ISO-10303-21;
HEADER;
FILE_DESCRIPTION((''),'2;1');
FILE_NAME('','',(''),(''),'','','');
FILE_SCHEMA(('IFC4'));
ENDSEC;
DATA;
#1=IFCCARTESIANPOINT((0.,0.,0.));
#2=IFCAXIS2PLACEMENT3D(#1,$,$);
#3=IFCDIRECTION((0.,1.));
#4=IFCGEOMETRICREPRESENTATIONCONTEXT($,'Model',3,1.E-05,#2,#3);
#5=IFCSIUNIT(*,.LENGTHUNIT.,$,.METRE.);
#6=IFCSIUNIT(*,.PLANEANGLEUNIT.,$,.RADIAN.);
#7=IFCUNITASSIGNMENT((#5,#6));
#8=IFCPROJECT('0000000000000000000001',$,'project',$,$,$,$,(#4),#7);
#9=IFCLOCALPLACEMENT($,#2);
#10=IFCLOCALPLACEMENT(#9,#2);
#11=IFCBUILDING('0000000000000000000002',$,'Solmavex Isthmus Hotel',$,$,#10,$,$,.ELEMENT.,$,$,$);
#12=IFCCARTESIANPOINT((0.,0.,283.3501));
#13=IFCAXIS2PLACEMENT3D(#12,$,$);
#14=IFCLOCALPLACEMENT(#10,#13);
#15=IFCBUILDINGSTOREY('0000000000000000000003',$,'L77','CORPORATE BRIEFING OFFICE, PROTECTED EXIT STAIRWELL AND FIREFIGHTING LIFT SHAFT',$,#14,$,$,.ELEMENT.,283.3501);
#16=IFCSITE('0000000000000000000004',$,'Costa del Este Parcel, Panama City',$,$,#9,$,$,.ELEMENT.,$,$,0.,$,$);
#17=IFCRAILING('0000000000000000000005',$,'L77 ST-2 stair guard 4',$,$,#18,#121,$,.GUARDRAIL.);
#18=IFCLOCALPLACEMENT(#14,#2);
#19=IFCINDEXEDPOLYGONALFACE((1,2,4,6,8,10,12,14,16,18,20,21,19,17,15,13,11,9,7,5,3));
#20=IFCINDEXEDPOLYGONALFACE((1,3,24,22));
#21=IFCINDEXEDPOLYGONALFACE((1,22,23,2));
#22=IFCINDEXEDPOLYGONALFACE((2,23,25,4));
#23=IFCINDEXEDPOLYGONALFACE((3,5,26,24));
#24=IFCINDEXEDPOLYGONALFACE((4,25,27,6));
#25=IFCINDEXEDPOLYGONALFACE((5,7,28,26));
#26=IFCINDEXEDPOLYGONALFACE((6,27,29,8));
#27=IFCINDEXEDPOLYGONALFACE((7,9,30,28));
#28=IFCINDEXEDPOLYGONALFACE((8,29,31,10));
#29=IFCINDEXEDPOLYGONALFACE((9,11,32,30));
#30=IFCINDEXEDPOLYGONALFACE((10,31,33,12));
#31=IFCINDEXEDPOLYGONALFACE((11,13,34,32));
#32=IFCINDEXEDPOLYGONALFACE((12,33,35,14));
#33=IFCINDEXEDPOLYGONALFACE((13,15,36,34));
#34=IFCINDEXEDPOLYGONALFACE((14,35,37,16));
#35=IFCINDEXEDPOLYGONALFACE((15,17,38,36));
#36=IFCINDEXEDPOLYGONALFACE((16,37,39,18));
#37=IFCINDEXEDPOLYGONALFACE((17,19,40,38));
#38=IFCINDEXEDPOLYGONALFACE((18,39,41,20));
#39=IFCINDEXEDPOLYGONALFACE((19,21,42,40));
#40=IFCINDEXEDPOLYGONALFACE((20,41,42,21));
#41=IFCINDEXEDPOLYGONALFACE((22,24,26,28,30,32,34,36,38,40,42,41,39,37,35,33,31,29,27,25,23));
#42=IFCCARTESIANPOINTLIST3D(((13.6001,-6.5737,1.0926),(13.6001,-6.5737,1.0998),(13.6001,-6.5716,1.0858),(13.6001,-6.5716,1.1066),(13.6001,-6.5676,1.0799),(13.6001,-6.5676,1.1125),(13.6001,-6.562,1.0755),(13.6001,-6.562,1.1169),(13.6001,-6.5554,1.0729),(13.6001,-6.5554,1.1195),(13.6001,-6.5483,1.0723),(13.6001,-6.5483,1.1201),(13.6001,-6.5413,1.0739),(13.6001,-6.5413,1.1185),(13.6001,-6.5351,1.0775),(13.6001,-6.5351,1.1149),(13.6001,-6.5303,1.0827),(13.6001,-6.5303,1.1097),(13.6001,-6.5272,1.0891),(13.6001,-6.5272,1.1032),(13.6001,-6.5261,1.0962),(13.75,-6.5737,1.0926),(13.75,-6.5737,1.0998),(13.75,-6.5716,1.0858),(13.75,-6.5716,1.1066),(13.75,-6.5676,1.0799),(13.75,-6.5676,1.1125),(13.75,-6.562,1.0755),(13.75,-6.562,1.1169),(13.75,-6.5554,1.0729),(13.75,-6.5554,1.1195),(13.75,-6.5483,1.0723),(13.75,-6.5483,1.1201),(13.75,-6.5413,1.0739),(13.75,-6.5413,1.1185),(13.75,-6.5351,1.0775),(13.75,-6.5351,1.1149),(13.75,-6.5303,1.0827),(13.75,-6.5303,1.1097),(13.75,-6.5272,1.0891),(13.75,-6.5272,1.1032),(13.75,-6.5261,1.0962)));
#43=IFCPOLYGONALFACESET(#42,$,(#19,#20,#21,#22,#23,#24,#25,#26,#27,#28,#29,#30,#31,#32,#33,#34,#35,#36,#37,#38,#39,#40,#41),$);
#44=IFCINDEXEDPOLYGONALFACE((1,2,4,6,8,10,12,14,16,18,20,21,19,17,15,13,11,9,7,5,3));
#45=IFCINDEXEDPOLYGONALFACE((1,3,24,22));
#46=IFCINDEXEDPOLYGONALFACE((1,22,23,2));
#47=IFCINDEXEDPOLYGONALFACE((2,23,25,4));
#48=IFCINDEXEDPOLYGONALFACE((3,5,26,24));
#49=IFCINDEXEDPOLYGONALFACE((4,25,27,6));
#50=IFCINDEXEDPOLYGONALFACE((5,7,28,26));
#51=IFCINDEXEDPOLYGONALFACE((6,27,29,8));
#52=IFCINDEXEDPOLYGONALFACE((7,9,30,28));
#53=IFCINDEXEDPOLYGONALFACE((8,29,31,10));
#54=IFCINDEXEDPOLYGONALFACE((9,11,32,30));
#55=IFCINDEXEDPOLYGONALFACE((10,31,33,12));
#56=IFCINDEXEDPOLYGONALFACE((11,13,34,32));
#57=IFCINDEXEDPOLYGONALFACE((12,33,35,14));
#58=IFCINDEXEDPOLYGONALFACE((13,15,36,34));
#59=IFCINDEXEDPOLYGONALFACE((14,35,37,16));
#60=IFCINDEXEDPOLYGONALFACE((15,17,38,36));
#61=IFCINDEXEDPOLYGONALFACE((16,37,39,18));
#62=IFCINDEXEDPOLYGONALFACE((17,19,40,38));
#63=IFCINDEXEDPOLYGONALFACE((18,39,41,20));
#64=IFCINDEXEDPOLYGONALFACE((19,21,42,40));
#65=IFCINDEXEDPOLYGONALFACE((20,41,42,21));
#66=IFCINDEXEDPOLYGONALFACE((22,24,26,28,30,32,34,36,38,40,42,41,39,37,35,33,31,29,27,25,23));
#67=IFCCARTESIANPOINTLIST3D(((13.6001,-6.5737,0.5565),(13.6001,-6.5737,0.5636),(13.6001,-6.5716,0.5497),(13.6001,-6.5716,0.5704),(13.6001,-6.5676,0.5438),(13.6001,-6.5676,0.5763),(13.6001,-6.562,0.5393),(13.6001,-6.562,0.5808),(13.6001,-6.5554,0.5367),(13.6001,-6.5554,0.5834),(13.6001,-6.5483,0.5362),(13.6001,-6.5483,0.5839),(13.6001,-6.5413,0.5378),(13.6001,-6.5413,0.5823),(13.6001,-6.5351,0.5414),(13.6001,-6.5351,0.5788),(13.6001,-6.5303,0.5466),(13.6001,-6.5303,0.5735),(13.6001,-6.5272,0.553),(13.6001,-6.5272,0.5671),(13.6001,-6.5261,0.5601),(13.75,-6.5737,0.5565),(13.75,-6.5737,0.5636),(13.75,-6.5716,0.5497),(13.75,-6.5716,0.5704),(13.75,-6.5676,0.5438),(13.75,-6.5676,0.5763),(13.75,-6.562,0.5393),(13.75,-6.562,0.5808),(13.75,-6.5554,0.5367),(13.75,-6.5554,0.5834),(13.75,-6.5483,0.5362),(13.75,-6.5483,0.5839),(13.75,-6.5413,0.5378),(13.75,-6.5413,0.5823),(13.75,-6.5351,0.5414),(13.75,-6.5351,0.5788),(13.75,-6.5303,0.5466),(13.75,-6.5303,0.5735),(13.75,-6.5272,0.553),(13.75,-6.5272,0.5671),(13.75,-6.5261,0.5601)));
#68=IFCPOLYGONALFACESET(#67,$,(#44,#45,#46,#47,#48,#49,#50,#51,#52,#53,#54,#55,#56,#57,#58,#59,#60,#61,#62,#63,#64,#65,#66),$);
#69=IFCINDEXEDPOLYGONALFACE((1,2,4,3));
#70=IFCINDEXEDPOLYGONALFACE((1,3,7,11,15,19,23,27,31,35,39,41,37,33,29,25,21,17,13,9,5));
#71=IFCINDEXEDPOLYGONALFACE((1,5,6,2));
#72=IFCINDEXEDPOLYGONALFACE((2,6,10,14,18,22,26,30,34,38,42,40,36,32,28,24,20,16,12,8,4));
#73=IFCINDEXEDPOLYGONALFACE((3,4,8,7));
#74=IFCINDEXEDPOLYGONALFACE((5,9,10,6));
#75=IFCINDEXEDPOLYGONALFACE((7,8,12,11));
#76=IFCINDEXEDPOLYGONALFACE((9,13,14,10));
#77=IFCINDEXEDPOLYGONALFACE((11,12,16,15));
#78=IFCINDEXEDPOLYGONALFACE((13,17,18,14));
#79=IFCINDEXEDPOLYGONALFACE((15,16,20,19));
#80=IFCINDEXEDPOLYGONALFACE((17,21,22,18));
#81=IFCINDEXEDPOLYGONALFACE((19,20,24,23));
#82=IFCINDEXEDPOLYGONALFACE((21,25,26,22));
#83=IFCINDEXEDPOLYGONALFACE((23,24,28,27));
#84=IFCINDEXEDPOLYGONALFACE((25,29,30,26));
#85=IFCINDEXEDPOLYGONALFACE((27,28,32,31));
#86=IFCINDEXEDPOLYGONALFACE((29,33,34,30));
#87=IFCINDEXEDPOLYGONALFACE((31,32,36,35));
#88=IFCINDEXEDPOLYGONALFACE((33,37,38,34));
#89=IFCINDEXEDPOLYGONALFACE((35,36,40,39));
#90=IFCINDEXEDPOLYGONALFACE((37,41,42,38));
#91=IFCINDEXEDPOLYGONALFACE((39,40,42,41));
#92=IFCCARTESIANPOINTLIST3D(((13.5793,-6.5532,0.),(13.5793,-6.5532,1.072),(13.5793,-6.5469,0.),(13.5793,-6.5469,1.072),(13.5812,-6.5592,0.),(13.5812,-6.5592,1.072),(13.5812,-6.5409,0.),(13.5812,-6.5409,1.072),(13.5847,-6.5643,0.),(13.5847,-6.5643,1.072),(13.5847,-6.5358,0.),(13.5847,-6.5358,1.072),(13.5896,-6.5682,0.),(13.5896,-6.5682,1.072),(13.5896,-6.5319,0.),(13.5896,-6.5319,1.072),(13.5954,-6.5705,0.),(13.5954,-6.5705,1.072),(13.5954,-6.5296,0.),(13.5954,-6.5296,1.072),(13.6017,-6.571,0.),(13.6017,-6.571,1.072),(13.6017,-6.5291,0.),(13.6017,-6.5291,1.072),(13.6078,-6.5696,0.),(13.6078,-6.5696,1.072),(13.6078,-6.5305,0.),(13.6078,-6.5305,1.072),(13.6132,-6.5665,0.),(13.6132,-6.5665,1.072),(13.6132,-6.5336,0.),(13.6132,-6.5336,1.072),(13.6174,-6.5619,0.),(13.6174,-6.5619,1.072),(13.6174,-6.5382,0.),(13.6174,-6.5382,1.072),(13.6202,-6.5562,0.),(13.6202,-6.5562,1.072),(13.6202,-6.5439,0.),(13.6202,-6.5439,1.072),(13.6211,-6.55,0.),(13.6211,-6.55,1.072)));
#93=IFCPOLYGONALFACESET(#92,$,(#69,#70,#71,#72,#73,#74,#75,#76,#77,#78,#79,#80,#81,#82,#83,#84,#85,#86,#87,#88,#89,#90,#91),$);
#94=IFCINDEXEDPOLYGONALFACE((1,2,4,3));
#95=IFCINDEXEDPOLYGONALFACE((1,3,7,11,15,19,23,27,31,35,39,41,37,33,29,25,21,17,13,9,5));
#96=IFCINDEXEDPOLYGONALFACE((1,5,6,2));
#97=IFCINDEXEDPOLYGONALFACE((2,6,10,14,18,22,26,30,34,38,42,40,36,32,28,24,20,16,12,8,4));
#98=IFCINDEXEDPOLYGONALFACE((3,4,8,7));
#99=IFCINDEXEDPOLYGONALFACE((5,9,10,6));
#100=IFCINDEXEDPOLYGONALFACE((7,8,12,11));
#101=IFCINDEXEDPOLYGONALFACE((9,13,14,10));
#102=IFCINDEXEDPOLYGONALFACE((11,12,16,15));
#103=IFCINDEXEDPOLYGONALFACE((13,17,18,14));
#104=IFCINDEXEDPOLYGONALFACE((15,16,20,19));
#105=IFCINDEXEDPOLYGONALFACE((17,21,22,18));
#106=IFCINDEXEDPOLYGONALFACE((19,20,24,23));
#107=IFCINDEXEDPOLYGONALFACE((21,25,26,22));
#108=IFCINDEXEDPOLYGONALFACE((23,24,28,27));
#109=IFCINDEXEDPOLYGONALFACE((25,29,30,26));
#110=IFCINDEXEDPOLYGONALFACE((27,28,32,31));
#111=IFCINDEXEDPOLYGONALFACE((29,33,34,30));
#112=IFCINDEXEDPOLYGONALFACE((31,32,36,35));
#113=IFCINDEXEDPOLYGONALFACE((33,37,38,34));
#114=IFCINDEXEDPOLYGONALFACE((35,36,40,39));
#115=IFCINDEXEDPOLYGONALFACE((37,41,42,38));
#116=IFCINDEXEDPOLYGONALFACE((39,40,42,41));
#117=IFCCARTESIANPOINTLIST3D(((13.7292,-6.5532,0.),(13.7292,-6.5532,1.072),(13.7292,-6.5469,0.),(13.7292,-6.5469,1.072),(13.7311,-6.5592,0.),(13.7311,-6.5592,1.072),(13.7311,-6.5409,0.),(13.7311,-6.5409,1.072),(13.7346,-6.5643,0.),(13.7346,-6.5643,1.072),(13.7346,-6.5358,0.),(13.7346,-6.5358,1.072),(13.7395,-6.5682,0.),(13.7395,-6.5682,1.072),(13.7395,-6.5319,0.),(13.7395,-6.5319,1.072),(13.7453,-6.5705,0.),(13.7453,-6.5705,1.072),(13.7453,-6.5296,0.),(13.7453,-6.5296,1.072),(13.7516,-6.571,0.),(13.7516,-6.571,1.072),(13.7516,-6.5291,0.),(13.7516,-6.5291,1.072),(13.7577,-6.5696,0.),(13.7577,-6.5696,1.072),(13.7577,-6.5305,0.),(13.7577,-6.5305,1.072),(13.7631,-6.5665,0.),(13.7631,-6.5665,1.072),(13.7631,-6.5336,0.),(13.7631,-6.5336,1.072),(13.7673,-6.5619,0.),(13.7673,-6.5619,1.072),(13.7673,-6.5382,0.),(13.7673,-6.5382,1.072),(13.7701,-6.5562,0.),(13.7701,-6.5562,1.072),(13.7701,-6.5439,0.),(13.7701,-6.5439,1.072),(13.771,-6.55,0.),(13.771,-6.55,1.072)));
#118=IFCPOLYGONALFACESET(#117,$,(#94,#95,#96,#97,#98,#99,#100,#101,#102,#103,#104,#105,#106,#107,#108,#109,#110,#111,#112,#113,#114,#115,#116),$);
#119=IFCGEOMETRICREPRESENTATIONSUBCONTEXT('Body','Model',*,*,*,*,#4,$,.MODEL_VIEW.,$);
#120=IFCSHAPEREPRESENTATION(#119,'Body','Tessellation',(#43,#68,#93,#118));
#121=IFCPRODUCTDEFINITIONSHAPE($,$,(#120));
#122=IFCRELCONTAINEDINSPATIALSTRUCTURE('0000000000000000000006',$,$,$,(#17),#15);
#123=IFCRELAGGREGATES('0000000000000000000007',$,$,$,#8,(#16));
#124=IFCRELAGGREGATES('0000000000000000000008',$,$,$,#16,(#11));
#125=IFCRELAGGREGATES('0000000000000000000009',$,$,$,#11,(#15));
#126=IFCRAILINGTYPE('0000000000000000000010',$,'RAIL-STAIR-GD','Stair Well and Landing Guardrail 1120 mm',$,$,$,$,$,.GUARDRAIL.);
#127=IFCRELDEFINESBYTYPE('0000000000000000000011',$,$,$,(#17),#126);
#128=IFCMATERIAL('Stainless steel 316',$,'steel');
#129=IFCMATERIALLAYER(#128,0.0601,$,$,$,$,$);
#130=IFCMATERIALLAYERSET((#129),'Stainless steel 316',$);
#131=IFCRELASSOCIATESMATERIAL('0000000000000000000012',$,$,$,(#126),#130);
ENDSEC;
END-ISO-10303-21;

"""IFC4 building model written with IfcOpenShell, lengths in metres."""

from ifc_helpers import new_model, si_unit, direction, frame, origin, origin_2d, place, context, subcontext, project, spatial, circle, extrude, material, layer, layer_set, type_object, element, save


model = new_model("IFC4")

# Units and contexts
model_context = context("Model", 3, precision=1e-05, world=origin(), true_north=direction((0.0, 1.0)))
body_context = subcontext(model_context, "Body", "Model", "MODEL_VIEW")
ifc_project = project(units=[si_unit("LENGTHUNIT", "METRE"), si_unit("PLANEANGLEUNIT", "RADIAN")], contexts=[model_context])

# Site, building, storey
site_placement = place(None, origin())
site = spatial("IfcSite", under=ifc_project, at=site_placement, Name="Costa del Este Parcel, Panama City", CompositionType="ELEMENT", RefElevation=0.0)
building_placement = place(site_placement, origin())
building = spatial("IfcBuilding", under=site, at=building_placement, Name="Solmavex Isthmus Hotel", CompositionType="ELEMENT")
storey_placement = place(building_placement, frame((0.0, 0.0, 283.3501)))
storey = spatial("IfcBuildingStorey", under=building, at=storey_placement, Name="L77", Description="CORPORATE BRIEFING OFFICE, PROTECTED EXIT STAIRWELL AND FIREFIGHTING LIFT SHAFT", CompositionType="ELEMENT", Elevation=283.3501)

# Railing
ifc_material_1 = material(Name="Stainless steel 316", Category="steel")
ifc_layer_1 = layer(ifc_material_1, 0.0601)
ifc_layer_set_1 = layer_set([ifc_layer_1], Name="Stainless steel 316")
railing_type_1 = type_object("IfcRailingType", Name="RAIL-STAIR-GD", Description="Stair Well and Landing Guardrail 1120 mm", PredefinedType="GUARDRAIL", material=ifc_layer_set_1)
railing_1_placement = place(storey_placement, frame((13.6001, -6.55, 0.0)))
element("IfcRailing", 1, at=railing_1_placement, inside=storey, type_object=railing_type_1, Name="L77 ST-2 stair guard 4", PredefinedType="GUARDRAIL", context=body_context, shape_type="SweptSolid", body=[
    extrude(circle(Radius=0.0239, at=origin_2d()), frame((0.0, 0.0, 1.0962), z_axis=(1.0, 0.0, 0.0), x_axis=(0.0, 1.0, 0.0)), (0.0, 0.0, 1.0), 0.1499),
    extrude(circle(Radius=0.0239, at=origin_2d()), frame((0.0, 0.0, 0.5601), z_axis=(1.0, 0.0, 0.0), x_axis=(0.0, 1.0, 0.0)), (0.0, 0.0, 1.0), 0.1499),
    extrude(circle(Radius=0.021, at=origin_2d()), origin(), (0.0, 0.0, 1.0), 1.072),
    extrude(circle(Radius=0.021, at=origin_2d()), frame((0.1499, 0.0, 0.0)), (0.0, 0.0, 1.0), 1.072),
])

save(model, "model.ifc")
